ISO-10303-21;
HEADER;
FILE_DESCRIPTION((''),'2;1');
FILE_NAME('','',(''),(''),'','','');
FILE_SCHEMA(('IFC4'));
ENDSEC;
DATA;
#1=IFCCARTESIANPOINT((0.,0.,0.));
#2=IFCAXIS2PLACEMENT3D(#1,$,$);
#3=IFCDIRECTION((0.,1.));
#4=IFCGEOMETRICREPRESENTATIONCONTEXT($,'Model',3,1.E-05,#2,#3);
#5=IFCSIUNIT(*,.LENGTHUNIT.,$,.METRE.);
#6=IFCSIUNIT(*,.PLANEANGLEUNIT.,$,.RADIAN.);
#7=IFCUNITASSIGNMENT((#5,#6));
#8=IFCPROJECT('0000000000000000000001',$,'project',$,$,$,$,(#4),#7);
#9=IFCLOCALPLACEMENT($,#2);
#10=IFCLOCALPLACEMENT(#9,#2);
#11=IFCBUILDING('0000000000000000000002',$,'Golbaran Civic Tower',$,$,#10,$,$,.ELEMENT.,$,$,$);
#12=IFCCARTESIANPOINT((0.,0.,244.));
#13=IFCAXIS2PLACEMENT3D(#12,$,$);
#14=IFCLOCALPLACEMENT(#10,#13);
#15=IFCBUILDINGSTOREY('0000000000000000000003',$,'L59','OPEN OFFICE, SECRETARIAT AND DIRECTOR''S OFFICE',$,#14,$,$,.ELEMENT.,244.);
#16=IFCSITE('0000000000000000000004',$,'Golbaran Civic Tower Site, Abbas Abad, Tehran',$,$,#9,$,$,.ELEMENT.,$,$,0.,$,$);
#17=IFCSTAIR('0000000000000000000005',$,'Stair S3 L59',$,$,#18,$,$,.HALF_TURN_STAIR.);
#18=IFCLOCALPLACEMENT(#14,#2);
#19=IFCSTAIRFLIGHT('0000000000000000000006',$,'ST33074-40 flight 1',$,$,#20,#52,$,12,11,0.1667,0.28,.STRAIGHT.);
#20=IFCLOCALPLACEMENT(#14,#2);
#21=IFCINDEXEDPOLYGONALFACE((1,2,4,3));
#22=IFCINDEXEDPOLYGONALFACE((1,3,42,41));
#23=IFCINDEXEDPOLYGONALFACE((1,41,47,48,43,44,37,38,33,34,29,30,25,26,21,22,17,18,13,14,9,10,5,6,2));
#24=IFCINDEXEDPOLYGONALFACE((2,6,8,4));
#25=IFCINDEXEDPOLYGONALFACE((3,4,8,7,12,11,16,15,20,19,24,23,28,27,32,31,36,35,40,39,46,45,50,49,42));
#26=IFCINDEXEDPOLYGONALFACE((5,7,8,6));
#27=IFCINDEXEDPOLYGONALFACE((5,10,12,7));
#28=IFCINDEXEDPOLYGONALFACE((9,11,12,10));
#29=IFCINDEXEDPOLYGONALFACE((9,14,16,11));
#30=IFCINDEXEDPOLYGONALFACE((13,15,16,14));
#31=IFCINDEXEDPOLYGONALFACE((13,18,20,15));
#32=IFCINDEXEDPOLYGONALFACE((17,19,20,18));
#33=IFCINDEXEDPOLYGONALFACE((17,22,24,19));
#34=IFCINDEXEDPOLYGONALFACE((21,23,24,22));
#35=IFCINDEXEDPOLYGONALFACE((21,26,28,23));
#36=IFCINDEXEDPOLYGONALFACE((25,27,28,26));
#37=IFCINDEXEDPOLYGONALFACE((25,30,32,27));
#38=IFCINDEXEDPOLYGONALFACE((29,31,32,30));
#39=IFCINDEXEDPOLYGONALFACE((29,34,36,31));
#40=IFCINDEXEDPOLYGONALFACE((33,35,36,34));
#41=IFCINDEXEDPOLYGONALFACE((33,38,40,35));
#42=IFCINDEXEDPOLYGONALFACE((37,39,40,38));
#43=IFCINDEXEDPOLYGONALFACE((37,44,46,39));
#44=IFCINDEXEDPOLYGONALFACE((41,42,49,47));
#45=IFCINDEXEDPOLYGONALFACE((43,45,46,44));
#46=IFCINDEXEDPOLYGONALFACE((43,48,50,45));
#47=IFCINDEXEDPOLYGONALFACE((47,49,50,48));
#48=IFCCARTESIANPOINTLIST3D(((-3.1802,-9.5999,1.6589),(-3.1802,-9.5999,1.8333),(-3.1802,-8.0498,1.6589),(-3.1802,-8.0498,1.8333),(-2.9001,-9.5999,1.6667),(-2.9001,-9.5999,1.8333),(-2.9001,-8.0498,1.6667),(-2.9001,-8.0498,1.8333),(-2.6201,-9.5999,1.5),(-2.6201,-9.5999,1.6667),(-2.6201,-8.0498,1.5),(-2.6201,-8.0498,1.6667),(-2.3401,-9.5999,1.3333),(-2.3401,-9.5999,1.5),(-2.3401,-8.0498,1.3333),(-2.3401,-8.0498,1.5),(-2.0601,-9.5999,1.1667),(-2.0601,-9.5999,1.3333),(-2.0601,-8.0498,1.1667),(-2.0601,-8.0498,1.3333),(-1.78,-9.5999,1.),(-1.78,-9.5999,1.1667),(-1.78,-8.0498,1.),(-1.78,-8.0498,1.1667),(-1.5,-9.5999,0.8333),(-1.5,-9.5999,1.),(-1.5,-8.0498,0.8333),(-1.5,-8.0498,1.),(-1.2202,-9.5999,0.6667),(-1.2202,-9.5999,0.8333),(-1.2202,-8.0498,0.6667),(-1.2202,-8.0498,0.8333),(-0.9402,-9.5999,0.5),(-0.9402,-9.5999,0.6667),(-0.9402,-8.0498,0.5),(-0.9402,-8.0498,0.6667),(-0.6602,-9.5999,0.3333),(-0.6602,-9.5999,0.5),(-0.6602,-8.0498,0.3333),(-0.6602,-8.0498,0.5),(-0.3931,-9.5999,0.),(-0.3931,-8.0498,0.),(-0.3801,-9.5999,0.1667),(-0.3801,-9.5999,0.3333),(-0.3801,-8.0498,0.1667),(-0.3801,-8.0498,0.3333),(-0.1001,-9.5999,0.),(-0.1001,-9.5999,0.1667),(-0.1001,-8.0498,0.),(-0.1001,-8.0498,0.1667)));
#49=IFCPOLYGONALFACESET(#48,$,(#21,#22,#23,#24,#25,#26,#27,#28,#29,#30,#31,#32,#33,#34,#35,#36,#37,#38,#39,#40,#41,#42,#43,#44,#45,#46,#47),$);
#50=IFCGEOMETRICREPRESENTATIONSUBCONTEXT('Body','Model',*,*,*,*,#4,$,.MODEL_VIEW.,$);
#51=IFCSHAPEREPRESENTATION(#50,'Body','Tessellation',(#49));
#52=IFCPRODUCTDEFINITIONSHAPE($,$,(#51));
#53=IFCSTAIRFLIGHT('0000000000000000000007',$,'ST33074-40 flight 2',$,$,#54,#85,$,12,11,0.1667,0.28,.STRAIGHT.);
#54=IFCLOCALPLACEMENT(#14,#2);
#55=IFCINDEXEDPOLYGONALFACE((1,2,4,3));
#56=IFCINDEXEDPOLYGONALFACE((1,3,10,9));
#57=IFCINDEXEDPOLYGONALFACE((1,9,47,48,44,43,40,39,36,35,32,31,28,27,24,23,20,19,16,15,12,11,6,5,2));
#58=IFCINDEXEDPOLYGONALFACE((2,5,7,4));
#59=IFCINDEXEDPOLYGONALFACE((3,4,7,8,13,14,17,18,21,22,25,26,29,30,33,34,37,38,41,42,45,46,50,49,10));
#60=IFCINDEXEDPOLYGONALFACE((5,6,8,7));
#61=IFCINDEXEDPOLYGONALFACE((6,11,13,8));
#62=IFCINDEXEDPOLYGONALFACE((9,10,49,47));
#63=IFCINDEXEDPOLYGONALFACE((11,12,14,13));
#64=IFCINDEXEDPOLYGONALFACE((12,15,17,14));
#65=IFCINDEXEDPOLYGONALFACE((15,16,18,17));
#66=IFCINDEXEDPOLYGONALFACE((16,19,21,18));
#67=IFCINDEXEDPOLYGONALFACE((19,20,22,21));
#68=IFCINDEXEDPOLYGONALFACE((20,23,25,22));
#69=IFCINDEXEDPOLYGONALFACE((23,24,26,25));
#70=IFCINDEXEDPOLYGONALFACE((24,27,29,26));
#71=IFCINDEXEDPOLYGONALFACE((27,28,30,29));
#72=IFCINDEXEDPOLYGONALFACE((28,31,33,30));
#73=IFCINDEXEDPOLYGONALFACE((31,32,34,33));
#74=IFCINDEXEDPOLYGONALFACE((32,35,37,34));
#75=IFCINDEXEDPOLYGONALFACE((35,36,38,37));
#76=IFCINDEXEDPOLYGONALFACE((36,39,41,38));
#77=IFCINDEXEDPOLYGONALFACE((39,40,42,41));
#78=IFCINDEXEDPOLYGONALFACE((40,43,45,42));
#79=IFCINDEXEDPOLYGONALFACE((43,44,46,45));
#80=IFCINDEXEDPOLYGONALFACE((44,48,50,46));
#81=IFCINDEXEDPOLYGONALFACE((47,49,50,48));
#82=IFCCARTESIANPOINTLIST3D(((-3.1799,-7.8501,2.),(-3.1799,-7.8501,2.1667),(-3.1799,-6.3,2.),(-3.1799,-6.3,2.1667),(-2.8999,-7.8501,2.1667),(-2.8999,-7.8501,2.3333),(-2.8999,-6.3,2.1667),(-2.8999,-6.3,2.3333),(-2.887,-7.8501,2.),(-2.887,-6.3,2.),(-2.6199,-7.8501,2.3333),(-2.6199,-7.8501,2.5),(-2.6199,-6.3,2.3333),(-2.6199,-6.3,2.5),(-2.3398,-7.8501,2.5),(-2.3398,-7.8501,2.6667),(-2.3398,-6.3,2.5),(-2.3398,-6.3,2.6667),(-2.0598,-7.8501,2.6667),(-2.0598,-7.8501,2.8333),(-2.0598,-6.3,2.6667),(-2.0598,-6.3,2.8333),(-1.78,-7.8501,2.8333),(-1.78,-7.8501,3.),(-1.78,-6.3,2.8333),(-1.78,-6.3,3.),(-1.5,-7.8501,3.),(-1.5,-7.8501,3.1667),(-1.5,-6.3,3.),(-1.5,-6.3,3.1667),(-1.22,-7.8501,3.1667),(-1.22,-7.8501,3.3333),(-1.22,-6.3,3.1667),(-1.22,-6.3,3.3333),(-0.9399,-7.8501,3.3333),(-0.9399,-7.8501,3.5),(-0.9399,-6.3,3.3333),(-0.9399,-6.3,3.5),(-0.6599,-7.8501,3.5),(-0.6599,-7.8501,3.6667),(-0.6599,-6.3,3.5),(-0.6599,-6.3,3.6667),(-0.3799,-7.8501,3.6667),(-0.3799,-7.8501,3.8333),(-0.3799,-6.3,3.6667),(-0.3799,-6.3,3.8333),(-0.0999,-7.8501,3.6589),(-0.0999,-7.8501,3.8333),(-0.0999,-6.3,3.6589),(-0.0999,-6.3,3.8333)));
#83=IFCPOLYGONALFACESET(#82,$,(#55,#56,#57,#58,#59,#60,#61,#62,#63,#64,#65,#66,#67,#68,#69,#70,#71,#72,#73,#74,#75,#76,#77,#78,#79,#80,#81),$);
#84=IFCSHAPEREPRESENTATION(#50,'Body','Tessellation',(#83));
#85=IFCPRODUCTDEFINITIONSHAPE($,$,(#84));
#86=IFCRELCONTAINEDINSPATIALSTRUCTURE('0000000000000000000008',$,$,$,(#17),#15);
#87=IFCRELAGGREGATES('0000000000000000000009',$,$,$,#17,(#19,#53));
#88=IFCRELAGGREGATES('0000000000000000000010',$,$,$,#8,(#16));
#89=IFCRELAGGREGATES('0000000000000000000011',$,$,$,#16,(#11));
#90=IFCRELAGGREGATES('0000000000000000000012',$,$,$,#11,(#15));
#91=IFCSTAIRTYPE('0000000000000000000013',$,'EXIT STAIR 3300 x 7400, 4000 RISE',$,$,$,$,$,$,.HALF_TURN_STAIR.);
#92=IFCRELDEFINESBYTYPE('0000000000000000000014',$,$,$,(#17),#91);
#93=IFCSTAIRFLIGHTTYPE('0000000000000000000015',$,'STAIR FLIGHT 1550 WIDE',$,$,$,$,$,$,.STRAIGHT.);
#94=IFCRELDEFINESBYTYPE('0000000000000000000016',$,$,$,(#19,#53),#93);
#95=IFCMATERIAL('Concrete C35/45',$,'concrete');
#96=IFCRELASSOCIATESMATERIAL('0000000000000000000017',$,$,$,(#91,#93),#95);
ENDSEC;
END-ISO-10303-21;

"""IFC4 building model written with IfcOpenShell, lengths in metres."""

from ifc_helpers import new_model, si_unit, direction, frame, origin, place, context, subcontext, project, spatial, polyline, outline, extrude, material, type_object, element, aggregate, save


model = new_model("IFC4")

# Units and contexts
model_context = context("Model", 3, precision=1e-05, world=origin(), true_north=direction((0.0, 1.0)))
body_context = subcontext(model_context, "Body", "Model", "MODEL_VIEW")
ifc_project = project(units=[si_unit("LENGTHUNIT", "METRE"), si_unit("PLANEANGLEUNIT", "RADIAN")], contexts=[model_context])

# Site, building, storey
site_placement = place(None, origin())
site = spatial("IfcSite", under=ifc_project, at=site_placement, Name="Golbaran Civic Tower Site, Abbas Abad, Tehran", CompositionType="ELEMENT", RefElevation=0.0)
building_placement = place(site_placement, origin())
building = spatial("IfcBuilding", under=site, at=building_placement, Name="Golbaran Civic Tower", CompositionType="ELEMENT")
storey_placement = place(building_placement, frame((0.0, 0.0, 244.0)))
storey = spatial("IfcBuildingStorey", under=building, at=storey_placement, Name="L59", Description="OPEN OFFICE, SECRETARIAT AND DIRECTOR'S OFFICE", CompositionType="ELEMENT", Elevation=244.0)

# Shared definitions
ifc_material_1 = material(Name="Concrete C35/45", Category="concrete")

# Stair, stair flights
stair_type = type_object("IfcStairType", Name="EXIT STAIR 3300 x 7400, 4000 RISE", PredefinedType="HALF_TURN_STAIR", material=ifc_material_1)
stair_placement = place(storey_placement, origin())
stair = element("IfcStair", 1, at=stair_placement, inside=storey, type_object=stair_type, Name="Stair S3 L59", PredefinedType="HALF_TURN_STAIR")
stair_flight_type = type_object("IfcStairFlightType", Name="STAIR FLIGHT 1550 WIDE", PredefinedType="STRAIGHT", material=ifc_material_1)
stair_flight_1_placement = place(storey_placement, frame((-0.1001, -8.825, 0.0), z_axis=(0.0, 0.0, 1.0), x_axis=(-1.0, 0.0, 0.0)))
stair_flight_1 = element("IfcStairFlight", 2, at=stair_flight_1_placement, type_object=stair_flight_type, Name="ST33074-40 flight 1", NumberOfRisers=12, NumberOfTreads=11, PredefinedType="STRAIGHT", RiserHeight=0.1667, TreadLength=0.28, context=body_context, shape_type="SweptSolid", body=[
    extrude(outline(polyline([(0.0, 0.0), (0.0, 0.1667), (0.28, 0.1667), (0.28, 0.3333), (0.5601, 0.3333), (0.5601, 0.5), (0.8401, 0.5), (0.8401, 0.6667), (1.1201, 0.6667), (1.1201, 0.8333), (1.3999, 0.8333), (1.3999, 1.0), (1.6799, 1.0), (1.6799, 1.1667), (1.96, 1.1667), (1.96, 1.3333), (2.24, 1.3333), (2.24, 1.5), (2.52, 1.5), (2.52, 1.6667), (2.8, 1.6667), (2.8, 1.8333), (3.0801, 1.8333), (3.0801, 2.0), (3.0801, 1.6589), (0.293, 0.0), (0.0, 0.0)])), frame((0.0, 0.7749, 0.0), z_axis=(0.0, -1.0, 0.0), x_axis=(1.0, 0.0, 0.0)), (0.0, 0.0, 1.0), 1.55),
])
stair_flight_2_placement = place(storey_placement, frame((-3.1799, -7.075, 2.0), z_axis=(0.0, 0.0, 1.0), x_axis=(1.0, 0.0, 0.0)))
stair_flight_2 = element("IfcStairFlight", 3, at=stair_flight_2_placement, type_object=stair_flight_type, Name="ST33074-40 flight 2", NumberOfRisers=12, NumberOfTreads=11, PredefinedType="STRAIGHT", RiserHeight=0.1667, TreadLength=0.28, context=body_context, shape_type="SweptSolid", body=[
    extrude(outline(polyline([(0.0, 0.0), (0.0, 0.1667), (0.28, 0.1667), (0.28, 0.3333), (0.5601, 0.3333), (0.5601, 0.5), (0.8401, 0.5), (0.8401, 0.6667), (1.1201, 0.6667), (1.1201, 0.8333), (1.3999, 0.8333), (1.3999, 1.0), (1.6799, 1.0), (1.6799, 1.1667), (1.96, 1.1667), (1.96, 1.3333), (2.24, 1.3333), (2.24, 1.5), (2.52, 1.5), (2.52, 1.6667), (2.8, 1.6667), (2.8, 1.8333), (3.0801, 1.8333), (3.0801, 2.0), (3.0801, 1.6589), (0.293, 0.0), (0.0, 0.0)])), frame((0.0, 0.7749, 0.0), z_axis=(0.0, -1.0, 0.0), x_axis=(1.0, 0.0, 0.0)), (0.0, 0.0, 1.0), 1.55),
])
aggregate(stair, [stair_flight_1, stair_flight_2])

save(model, "model.ifc")
